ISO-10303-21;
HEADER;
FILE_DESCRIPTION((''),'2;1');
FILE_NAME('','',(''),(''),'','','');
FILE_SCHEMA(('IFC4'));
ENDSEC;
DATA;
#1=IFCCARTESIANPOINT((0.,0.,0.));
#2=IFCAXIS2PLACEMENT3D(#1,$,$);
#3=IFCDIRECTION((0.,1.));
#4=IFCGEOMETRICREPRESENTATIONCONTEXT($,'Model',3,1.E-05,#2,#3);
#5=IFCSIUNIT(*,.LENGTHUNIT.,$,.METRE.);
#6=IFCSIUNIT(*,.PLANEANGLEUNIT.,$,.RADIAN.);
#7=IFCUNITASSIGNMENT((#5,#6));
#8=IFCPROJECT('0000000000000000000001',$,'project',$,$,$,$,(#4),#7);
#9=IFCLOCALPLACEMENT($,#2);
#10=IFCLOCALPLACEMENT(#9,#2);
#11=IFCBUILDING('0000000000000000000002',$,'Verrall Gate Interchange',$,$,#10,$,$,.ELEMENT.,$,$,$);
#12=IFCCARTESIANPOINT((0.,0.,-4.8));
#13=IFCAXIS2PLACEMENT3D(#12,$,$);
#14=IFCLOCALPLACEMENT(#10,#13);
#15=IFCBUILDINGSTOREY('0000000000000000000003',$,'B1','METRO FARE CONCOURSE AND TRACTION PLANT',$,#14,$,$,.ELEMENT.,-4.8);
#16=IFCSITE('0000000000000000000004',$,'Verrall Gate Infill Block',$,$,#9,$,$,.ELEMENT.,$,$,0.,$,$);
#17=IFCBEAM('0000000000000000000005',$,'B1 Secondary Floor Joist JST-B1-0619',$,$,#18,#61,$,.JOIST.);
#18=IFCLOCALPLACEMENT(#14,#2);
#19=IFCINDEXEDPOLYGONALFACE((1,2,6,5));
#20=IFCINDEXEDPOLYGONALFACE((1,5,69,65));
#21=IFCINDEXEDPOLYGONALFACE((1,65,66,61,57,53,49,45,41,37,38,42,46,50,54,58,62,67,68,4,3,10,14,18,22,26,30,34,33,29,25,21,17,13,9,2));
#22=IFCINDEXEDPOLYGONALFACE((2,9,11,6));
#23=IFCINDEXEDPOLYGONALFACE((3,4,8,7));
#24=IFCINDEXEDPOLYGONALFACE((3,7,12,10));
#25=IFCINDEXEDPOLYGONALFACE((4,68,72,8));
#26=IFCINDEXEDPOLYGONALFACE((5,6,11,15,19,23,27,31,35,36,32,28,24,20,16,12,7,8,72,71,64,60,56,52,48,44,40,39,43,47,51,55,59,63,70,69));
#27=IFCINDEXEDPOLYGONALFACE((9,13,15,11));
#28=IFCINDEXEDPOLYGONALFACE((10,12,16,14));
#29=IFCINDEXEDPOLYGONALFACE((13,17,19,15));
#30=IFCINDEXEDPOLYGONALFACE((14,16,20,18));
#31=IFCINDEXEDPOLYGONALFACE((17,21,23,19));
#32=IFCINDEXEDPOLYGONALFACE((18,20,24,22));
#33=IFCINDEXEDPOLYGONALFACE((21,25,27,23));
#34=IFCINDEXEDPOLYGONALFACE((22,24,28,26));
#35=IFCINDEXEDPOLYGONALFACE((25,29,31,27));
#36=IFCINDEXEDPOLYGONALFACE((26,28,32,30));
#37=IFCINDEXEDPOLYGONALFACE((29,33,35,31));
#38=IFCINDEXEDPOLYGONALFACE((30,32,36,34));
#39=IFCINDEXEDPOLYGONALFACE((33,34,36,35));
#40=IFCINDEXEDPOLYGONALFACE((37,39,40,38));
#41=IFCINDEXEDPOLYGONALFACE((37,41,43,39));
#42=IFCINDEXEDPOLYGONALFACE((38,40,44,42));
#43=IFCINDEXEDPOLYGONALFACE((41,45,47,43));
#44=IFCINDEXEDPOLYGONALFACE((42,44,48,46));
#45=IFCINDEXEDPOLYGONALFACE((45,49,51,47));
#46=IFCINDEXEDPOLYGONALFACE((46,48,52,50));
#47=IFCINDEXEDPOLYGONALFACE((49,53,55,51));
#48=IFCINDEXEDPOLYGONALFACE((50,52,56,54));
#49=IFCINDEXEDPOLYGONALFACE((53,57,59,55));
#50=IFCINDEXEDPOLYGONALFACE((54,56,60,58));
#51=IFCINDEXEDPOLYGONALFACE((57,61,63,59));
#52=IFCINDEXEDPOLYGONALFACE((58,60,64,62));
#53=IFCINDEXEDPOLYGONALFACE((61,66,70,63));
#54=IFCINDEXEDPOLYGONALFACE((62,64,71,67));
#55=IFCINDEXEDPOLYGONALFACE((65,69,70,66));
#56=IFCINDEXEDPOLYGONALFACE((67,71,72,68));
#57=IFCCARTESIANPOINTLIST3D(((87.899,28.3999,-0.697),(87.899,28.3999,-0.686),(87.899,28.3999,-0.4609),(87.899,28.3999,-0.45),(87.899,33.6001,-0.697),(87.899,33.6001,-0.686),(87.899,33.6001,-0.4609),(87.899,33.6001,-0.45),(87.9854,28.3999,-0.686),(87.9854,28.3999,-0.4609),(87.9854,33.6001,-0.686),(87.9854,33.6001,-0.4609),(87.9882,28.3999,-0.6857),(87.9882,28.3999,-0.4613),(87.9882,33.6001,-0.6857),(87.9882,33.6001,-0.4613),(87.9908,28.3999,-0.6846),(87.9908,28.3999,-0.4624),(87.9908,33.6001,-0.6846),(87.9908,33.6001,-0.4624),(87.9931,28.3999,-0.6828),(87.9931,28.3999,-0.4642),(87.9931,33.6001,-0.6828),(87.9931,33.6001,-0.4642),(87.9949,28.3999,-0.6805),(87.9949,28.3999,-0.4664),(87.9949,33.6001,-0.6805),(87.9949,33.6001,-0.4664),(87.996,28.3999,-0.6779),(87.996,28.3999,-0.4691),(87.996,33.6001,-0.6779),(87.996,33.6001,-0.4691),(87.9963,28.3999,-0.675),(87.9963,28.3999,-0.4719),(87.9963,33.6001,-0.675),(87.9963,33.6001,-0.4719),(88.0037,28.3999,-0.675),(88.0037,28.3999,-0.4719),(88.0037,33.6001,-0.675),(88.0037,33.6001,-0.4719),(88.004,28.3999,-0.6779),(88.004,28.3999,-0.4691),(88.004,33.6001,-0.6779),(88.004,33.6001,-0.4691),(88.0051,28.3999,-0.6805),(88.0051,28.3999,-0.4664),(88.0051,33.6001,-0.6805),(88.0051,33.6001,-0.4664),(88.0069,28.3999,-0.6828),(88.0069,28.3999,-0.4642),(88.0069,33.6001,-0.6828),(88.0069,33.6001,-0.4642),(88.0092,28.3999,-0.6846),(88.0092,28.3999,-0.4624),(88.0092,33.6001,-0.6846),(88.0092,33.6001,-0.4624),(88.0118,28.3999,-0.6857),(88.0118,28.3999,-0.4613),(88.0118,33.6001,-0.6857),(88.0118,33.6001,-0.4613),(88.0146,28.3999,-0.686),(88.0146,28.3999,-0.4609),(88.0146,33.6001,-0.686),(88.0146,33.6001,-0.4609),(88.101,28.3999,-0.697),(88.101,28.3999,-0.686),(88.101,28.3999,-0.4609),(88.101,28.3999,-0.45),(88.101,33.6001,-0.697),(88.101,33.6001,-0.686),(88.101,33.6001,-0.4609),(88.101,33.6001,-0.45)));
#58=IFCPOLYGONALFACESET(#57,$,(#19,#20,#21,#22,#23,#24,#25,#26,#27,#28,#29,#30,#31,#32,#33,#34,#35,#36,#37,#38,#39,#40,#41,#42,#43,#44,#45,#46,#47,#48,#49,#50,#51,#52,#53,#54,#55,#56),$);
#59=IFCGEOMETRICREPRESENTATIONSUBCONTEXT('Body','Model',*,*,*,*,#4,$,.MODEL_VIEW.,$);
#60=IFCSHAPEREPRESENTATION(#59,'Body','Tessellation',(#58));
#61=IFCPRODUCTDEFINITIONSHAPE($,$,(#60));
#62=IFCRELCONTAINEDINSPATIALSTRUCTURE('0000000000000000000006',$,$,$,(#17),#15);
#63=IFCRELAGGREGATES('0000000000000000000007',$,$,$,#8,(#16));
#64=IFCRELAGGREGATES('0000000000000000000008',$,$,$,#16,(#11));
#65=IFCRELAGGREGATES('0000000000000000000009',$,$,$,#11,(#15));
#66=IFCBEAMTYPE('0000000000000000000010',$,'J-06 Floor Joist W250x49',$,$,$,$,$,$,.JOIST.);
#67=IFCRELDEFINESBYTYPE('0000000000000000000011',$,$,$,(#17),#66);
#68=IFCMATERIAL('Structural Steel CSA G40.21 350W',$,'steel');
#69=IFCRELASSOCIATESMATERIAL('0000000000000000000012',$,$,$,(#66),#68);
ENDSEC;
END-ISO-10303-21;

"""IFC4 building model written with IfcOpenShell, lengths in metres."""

from ifc_helpers import new_model, si_unit, direction, frame, origin, origin_2d, place, context, subcontext, project, spatial, i_section, extrude, material, material_profile, profile_set, type_object, element, save


model = new_model("IFC4")

# Units and contexts
model_context = context("Model", 3, precision=1e-05, world=origin(), true_north=direction((0.0, 1.0)))
body_context = subcontext(model_context, "Body", "Model", "MODEL_VIEW")
ifc_project = project(units=[si_unit("LENGTHUNIT", "METRE"), si_unit("PLANEANGLEUNIT", "RADIAN")], contexts=[model_context])

# Site, building, storey
site_placement = place(None, origin())
site = spatial("IfcSite", under=ifc_project, at=site_placement, Name="Verrall Gate Infill Block", CompositionType="ELEMENT", RefElevation=0.0)
building_placement = place(site_placement, origin())
building = spatial("IfcBuilding", under=site, at=building_placement, Name="Verrall Gate Interchange", CompositionType="ELEMENT")
storey_placement = place(building_placement, frame((0.0, 0.0, -4.8)))
storey = spatial("IfcBuildingStorey", under=building, at=storey_placement, Name="B1", Description="METRO FARE CONCOURSE AND TRACTION PLANT", CompositionType="ELEMENT", Elevation=-4.8)

# Beam
ifc_material_1 = material(Name="Structural Steel CSA G40.21 350W", Category="steel")
ifc_material_profile_1 = material_profile(ifc_material_1, i_section(OverallWidth=0.2019, OverallDepth=0.2471, WebThickness=0.0073, FlangeThickness=0.011, FilletRadius=0.011, at=origin_2d()), Name="W250x49")
ifc_profile_set_1 = profile_set([ifc_material_profile_1], Name="Structural Steel CSA G40.21 350W")
beam_type_1 = type_object("IfcBeamType", Name="J-06 Floor Joist W250x49", PredefinedType="JOIST", material=ifc_profile_set_1)
beam_1_placement = place(storey_placement, frame((88.0, 28.3999, -0.5735), z_axis=(0.0, 1.0, 0.0), x_axis=(-1.0, 0.0, 0.0)))
element("IfcBeam", 1, at=beam_1_placement, inside=storey, type_object=beam_type_1, Name="B1 Secondary Floor Joist JST-B1-0619", PredefinedType="JOIST", context=body_context, shape_type="SweptSolid", body=[
    extrude(i_section(OverallWidth=0.2019, OverallDepth=0.2471, WebThickness=0.0073, FlangeThickness=0.011, FilletRadius=0.011, at=origin_2d()), origin(), (0.0, 0.0, 1.0), 5.2002),
])

save(model, "model.ifc")
